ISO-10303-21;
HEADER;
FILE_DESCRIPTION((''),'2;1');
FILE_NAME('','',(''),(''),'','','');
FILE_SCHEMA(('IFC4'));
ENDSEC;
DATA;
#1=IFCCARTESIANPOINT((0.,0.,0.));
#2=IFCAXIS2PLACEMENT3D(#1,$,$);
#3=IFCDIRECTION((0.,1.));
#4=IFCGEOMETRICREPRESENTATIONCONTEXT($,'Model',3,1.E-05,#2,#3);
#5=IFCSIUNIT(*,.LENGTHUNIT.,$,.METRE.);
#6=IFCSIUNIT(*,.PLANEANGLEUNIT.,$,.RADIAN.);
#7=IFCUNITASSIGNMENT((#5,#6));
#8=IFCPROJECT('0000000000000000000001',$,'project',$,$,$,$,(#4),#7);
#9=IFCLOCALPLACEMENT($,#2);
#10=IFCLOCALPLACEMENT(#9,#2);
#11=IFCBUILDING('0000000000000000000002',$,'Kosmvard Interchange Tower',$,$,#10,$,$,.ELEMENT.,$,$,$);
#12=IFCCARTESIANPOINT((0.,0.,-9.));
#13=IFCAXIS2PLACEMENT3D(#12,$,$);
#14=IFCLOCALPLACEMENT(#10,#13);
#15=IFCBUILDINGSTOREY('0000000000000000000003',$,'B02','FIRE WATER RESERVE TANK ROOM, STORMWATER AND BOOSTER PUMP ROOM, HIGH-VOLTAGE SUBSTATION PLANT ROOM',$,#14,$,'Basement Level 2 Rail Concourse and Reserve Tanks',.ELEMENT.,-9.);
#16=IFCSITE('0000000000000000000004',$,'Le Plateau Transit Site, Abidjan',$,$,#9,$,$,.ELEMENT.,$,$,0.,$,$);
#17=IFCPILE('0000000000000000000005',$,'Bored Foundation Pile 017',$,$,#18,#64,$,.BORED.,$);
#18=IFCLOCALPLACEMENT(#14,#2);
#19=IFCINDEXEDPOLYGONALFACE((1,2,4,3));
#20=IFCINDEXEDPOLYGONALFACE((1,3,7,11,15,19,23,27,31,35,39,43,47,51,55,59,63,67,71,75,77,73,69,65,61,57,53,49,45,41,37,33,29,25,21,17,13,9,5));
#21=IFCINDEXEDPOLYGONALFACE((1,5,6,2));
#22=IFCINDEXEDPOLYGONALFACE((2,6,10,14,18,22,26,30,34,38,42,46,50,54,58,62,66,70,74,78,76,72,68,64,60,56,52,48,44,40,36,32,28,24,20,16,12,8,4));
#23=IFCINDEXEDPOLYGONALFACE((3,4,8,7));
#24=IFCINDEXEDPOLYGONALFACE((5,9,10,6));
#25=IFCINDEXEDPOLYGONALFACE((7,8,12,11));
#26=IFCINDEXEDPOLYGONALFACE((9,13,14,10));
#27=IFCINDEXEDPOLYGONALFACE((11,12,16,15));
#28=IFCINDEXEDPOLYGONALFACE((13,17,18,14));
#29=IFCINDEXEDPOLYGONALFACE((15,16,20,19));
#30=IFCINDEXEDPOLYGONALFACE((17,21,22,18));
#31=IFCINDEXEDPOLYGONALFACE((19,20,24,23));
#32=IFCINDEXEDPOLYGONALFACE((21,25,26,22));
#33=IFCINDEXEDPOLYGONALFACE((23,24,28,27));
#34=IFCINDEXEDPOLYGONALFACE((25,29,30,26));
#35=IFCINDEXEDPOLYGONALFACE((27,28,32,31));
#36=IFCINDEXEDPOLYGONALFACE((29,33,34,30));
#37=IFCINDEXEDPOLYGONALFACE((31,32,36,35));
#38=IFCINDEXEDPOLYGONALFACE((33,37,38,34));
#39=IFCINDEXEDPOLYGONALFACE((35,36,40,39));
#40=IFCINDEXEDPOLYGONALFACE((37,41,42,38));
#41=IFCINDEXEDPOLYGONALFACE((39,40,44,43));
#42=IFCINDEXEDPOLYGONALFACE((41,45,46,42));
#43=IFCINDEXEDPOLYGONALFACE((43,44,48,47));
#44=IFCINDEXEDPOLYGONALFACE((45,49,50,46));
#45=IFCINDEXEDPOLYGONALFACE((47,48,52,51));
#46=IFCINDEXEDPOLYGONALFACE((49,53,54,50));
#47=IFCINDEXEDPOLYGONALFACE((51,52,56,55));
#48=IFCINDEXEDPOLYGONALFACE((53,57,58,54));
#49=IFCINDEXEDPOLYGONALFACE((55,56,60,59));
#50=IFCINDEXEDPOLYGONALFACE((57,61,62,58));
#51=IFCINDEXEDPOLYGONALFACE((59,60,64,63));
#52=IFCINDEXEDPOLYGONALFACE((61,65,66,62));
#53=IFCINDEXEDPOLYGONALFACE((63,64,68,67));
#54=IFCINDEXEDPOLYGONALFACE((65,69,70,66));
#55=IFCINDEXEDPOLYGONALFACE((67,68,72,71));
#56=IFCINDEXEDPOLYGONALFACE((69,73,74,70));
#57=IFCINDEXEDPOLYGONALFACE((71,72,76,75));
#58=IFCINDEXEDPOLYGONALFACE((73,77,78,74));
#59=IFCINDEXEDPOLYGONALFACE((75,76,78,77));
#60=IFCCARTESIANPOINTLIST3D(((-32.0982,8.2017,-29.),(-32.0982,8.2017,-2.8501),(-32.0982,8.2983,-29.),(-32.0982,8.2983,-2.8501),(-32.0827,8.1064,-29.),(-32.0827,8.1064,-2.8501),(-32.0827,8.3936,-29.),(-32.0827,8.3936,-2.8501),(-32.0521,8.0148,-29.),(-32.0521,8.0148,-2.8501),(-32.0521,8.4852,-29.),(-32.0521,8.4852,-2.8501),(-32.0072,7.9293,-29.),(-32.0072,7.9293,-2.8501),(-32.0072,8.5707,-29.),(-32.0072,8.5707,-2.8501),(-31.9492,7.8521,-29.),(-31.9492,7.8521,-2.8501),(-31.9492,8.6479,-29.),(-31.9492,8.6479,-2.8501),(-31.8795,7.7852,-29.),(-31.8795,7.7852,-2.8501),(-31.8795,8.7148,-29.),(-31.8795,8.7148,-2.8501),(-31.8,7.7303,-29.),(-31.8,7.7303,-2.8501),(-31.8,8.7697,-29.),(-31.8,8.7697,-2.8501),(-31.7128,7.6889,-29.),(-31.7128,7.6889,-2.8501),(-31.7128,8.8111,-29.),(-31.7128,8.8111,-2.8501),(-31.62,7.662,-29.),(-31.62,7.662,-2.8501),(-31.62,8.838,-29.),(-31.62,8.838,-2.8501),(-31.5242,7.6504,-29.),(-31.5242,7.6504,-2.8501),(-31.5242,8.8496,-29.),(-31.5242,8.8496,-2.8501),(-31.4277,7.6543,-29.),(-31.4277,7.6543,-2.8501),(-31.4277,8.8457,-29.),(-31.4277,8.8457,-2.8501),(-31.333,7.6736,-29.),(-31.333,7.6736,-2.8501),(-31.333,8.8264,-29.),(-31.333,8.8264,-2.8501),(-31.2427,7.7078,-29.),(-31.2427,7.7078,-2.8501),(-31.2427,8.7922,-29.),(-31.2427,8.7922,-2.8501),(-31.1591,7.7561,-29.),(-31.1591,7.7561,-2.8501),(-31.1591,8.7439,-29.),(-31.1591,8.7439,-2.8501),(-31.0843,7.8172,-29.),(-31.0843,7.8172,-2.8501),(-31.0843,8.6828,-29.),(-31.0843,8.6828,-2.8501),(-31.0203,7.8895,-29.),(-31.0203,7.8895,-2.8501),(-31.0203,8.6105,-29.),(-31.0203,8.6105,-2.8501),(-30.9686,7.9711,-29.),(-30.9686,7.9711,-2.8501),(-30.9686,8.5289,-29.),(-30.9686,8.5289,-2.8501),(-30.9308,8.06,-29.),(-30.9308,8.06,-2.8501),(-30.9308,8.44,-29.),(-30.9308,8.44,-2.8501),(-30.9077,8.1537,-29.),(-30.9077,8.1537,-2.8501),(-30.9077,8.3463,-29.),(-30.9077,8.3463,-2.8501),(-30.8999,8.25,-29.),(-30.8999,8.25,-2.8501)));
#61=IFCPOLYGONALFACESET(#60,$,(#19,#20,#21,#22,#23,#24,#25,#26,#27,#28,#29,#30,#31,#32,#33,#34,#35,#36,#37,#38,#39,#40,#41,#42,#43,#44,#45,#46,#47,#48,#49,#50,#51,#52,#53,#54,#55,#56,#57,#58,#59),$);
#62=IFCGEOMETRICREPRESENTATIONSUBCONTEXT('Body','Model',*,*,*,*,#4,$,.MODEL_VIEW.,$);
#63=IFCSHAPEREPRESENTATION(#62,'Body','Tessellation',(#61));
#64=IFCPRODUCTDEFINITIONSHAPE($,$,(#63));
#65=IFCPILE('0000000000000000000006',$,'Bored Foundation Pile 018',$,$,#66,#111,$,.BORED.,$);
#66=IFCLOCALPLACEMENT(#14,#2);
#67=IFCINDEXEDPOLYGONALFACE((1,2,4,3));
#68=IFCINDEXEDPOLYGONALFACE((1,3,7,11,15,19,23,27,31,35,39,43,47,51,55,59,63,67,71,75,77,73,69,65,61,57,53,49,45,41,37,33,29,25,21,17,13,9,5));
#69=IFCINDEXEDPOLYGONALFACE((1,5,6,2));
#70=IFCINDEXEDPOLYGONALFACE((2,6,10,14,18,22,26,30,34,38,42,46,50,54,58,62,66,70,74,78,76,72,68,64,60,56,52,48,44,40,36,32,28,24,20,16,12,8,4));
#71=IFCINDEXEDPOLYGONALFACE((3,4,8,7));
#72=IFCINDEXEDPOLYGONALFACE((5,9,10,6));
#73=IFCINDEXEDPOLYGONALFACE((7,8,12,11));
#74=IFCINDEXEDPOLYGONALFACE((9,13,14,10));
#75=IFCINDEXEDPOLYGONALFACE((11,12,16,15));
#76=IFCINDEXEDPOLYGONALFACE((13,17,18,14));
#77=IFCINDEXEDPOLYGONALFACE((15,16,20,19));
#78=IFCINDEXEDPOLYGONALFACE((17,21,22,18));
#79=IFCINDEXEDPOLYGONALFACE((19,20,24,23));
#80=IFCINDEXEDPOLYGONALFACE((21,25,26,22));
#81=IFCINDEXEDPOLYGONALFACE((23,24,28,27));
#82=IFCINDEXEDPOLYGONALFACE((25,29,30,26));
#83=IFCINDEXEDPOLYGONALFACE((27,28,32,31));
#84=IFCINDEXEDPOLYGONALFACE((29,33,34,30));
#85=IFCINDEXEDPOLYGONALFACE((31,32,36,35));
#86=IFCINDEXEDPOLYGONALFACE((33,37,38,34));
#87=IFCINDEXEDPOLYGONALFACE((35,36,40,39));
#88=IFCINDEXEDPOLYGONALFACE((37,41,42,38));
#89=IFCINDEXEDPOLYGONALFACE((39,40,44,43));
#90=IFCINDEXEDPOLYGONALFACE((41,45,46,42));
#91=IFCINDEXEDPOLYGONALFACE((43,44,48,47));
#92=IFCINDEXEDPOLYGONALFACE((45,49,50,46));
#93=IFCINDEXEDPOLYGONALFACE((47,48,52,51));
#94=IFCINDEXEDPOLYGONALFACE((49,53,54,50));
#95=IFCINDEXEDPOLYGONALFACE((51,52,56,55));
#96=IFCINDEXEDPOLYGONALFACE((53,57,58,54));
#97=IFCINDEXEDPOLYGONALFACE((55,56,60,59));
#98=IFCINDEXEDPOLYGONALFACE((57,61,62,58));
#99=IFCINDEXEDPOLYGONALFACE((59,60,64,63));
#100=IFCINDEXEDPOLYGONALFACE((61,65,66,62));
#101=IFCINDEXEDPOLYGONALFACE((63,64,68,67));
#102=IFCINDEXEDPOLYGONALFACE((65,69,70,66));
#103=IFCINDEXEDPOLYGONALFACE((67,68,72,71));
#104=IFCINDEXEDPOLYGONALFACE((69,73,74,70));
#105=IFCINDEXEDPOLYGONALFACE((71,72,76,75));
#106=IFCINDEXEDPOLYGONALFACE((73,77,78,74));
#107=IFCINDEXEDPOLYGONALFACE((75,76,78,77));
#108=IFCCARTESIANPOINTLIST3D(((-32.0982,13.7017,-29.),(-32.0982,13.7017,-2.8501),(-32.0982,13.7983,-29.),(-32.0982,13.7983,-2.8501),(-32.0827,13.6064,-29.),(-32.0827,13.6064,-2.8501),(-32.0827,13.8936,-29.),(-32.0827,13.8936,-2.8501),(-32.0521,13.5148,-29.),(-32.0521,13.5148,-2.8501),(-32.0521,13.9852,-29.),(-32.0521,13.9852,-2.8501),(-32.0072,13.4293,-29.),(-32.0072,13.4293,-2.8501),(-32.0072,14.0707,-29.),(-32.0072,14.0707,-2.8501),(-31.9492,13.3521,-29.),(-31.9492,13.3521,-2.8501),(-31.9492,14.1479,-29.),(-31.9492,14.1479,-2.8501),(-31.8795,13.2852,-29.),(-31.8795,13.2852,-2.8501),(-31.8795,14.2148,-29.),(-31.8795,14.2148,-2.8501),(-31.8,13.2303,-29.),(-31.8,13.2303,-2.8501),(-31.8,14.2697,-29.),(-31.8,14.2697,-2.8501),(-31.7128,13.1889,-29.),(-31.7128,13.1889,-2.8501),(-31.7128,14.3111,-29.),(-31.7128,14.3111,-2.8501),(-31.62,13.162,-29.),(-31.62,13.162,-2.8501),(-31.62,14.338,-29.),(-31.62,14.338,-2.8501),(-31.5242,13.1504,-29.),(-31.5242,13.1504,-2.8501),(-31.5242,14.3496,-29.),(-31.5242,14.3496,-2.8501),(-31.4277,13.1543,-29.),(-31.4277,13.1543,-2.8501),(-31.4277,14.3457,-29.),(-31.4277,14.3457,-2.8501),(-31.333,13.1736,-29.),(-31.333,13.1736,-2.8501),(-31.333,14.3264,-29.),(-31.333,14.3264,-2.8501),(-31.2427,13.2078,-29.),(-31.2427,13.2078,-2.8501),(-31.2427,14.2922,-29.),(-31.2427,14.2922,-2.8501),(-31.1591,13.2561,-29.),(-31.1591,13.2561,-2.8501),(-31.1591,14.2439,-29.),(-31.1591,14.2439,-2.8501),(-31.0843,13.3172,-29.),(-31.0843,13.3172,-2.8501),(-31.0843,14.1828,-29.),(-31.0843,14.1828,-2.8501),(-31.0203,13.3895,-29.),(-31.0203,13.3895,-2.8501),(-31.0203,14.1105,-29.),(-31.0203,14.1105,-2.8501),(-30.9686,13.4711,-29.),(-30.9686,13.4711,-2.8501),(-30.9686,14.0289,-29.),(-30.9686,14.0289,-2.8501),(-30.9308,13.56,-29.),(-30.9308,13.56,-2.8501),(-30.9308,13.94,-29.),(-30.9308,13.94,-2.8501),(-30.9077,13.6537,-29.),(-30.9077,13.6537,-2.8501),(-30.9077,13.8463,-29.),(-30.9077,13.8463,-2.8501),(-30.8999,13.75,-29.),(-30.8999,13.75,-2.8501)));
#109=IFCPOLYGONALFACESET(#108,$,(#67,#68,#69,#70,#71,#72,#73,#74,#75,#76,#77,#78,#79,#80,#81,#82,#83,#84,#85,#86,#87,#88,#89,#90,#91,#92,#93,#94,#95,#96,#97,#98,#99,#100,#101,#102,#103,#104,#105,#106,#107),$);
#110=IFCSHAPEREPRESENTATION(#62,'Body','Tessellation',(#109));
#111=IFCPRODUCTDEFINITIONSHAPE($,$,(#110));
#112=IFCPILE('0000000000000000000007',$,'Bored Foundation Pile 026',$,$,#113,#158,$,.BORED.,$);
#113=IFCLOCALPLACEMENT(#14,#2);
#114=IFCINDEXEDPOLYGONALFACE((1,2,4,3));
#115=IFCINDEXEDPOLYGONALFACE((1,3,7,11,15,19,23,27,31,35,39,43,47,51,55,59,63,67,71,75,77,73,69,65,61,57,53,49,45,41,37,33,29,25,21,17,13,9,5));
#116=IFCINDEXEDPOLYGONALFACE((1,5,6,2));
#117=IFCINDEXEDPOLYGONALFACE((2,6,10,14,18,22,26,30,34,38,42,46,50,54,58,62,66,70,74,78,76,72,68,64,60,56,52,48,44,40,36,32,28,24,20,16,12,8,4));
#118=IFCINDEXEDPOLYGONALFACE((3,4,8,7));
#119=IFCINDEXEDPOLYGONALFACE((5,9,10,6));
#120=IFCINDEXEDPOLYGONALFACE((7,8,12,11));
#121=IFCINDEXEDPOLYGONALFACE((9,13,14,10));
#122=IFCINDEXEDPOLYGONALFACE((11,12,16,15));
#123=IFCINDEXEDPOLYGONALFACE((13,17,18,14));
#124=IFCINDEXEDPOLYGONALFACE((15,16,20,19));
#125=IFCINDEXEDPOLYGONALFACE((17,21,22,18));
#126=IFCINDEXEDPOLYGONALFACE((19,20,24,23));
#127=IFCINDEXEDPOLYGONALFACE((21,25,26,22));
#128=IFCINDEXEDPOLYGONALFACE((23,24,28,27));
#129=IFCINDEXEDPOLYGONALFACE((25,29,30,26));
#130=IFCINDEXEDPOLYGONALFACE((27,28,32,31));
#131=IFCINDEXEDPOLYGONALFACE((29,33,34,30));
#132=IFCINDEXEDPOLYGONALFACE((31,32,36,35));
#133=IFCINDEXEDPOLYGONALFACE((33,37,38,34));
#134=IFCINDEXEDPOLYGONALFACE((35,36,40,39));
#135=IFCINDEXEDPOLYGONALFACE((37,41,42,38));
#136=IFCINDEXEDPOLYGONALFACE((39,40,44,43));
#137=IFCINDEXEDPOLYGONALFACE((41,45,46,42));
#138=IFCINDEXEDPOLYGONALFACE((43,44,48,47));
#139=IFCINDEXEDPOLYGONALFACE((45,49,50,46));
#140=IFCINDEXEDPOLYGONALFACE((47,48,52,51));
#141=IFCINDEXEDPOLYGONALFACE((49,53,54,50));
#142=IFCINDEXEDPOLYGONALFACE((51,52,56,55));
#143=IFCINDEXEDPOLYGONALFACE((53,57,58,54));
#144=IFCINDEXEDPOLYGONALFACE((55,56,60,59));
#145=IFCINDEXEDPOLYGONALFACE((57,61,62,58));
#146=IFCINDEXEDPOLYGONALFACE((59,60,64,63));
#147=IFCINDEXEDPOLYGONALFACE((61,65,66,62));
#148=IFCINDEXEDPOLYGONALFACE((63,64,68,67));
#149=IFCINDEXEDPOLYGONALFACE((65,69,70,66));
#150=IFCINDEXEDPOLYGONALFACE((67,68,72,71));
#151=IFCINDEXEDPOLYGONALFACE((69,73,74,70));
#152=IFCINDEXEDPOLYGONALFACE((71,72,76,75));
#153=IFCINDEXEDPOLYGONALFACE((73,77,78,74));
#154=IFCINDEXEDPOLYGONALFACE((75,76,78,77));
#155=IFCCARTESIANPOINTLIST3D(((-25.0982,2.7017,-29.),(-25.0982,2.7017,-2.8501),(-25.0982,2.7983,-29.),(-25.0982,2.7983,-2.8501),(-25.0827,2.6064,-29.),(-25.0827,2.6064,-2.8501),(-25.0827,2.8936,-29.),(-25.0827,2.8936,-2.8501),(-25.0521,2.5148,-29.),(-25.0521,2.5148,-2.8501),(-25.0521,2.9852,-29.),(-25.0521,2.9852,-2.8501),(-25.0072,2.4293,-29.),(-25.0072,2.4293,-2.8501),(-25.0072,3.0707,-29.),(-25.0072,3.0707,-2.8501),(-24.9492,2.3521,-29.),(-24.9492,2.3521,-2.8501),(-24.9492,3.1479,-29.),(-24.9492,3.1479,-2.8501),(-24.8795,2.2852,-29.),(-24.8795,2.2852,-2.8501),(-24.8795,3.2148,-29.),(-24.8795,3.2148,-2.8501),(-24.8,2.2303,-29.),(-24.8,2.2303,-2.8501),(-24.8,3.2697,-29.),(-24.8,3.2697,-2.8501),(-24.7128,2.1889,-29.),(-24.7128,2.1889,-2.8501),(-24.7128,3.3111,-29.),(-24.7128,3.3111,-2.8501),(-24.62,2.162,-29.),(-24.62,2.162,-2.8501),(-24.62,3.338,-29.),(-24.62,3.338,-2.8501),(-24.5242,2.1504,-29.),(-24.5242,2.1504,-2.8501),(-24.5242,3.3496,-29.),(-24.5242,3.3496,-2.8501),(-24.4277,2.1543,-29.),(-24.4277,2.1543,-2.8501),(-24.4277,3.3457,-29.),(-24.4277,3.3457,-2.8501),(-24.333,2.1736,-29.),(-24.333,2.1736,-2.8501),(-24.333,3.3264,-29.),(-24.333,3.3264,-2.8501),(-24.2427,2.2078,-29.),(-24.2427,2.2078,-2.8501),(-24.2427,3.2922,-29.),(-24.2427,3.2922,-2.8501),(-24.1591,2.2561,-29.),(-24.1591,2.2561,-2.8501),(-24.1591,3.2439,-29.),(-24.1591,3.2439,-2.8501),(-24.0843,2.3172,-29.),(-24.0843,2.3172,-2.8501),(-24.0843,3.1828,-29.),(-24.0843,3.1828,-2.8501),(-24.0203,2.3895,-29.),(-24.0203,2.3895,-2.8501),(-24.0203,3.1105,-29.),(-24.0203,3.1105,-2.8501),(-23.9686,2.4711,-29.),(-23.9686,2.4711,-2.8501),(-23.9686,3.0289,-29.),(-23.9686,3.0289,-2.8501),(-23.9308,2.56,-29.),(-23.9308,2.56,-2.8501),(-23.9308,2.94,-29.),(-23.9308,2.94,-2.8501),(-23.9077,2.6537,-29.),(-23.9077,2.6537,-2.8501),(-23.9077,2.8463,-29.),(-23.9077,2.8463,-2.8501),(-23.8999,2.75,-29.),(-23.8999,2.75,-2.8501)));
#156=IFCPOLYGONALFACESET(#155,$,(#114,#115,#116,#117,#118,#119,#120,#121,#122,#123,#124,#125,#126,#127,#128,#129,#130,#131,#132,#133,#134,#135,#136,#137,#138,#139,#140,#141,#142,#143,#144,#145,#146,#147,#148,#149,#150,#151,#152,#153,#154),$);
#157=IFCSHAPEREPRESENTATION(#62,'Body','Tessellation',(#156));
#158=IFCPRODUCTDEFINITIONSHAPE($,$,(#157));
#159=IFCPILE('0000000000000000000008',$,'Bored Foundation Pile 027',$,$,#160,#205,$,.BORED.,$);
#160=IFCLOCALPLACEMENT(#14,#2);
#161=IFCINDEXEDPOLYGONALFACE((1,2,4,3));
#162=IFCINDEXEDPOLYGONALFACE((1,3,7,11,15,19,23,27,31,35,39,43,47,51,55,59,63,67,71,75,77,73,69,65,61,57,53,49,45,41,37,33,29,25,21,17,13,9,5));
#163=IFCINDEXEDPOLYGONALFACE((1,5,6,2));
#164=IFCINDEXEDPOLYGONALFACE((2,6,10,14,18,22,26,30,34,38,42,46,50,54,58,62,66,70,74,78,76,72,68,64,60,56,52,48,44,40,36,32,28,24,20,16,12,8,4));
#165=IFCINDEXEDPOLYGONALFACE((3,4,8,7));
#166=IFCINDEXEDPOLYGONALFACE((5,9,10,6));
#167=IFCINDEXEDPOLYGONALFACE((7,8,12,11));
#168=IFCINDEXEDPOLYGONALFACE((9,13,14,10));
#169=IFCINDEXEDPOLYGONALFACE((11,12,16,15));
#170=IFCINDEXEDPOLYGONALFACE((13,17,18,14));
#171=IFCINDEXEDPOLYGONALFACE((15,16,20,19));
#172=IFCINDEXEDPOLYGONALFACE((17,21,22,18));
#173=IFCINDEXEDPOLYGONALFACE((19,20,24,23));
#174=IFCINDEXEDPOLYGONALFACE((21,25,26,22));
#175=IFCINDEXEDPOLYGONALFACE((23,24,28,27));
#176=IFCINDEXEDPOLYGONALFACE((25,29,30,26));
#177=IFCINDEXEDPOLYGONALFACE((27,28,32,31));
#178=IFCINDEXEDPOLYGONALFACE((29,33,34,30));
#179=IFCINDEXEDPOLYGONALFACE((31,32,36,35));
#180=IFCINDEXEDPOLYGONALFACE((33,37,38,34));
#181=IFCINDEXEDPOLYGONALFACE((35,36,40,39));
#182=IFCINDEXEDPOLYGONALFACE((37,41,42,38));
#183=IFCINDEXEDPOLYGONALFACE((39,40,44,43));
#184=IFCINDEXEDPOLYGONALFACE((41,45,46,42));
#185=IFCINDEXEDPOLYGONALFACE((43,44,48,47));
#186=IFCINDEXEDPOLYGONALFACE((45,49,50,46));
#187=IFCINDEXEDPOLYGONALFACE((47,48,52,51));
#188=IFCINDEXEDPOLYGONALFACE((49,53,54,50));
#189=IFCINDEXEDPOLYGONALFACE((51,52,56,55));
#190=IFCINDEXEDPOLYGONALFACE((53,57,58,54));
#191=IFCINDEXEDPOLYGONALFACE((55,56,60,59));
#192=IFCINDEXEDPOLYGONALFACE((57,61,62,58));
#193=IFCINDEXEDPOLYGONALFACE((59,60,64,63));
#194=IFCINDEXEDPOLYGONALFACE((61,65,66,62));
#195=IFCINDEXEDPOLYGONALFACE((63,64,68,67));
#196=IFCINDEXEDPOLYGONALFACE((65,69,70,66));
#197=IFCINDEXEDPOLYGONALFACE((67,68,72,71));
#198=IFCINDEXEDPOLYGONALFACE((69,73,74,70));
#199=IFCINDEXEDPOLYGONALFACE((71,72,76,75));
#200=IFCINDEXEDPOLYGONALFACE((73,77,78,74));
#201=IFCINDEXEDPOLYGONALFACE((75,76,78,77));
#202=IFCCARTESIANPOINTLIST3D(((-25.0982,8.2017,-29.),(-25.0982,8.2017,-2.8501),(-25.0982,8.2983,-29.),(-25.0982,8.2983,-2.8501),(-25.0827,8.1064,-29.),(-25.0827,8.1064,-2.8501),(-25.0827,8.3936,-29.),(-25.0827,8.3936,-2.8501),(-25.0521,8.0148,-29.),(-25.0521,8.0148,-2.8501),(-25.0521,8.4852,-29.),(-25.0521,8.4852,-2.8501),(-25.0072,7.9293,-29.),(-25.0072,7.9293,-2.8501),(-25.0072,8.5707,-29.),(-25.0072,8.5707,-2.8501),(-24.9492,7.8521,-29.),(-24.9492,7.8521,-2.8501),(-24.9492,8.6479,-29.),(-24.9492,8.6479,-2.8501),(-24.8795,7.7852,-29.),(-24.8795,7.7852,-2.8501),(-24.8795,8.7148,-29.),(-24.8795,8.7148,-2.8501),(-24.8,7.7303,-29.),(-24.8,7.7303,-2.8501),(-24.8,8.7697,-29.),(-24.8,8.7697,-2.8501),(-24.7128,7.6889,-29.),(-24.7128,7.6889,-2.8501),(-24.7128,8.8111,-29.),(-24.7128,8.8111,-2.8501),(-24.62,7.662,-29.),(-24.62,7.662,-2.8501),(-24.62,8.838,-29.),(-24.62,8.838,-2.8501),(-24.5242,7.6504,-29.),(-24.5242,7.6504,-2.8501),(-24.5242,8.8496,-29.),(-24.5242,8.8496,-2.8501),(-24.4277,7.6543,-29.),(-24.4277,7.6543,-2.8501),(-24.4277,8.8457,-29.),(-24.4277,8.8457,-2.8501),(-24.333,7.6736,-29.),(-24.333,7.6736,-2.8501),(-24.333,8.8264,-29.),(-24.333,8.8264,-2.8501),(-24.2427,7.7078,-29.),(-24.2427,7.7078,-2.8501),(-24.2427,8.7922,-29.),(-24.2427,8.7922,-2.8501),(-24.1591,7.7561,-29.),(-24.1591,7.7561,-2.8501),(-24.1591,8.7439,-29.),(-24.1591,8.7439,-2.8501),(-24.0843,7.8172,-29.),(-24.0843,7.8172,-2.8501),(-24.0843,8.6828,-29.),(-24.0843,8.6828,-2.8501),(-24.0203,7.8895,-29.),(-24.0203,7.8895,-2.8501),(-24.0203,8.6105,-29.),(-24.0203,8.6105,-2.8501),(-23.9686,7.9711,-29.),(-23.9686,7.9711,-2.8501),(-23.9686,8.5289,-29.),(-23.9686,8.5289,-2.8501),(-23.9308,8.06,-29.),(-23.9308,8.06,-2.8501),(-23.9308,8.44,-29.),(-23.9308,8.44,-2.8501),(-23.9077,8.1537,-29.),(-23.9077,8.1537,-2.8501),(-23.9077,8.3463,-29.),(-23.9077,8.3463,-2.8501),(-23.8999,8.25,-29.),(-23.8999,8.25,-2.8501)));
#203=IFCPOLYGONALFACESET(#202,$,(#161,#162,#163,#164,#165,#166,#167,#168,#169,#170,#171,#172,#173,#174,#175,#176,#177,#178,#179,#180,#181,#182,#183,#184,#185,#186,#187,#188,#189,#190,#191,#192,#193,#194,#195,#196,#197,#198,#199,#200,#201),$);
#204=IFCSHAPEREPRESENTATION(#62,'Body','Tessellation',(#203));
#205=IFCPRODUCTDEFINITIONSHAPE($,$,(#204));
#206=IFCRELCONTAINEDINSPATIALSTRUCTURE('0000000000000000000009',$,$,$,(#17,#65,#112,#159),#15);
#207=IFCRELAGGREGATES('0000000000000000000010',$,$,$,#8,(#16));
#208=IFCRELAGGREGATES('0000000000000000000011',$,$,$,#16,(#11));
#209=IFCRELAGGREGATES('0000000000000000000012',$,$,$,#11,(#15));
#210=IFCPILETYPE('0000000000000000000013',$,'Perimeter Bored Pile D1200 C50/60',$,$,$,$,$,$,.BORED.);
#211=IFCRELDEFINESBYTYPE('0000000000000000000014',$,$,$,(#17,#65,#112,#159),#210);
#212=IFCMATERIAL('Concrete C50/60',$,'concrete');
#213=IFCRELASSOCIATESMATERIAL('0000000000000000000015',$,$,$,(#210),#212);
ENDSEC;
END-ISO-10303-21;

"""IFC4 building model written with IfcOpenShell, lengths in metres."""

from ifc_helpers import new_model, si_unit, direction, frame, origin, origin_2d, place, context, subcontext, project, spatial, circle, extrude, source, transform, mapped, material, material_profile, profile_set, type_object, element, save


model = new_model("IFC4")

# Units and contexts
model_context = context("Model", 3, precision=1e-05, world=origin(), true_north=direction((0.0, 1.0)))
body_context = subcontext(model_context, "Body", "Model", "MODEL_VIEW")
ifc_project = project(units=[si_unit("LENGTHUNIT", "METRE"), si_unit("PLANEANGLEUNIT", "RADIAN")], contexts=[model_context])

# Site, building, storey
site_placement = place(None, origin())
site = spatial("IfcSite", under=ifc_project, at=site_placement, Name="Le Plateau Transit Site, Abidjan", CompositionType="ELEMENT", RefElevation=0.0)
building_placement = place(site_placement, origin())
building = spatial("IfcBuilding", under=site, at=building_placement, Name="Kosmvard Interchange Tower", CompositionType="ELEMENT")
storey_placement = place(building_placement, frame((0.0, 0.0, -9.0)))
storey = spatial("IfcBuildingStorey", under=building, at=storey_placement, Name="B02", Description="FIRE WATER RESERVE TANK ROOM, STORMWATER AND BOOSTER PUMP ROOM, HIGH-VOLTAGE SUBSTATION PLANT ROOM", LongName="Basement Level 2 Rail Concourse and Reserve Tanks", CompositionType="ELEMENT", Elevation=-9.0)

# Piles
ifc_material_1 = material(Name="Concrete C50/60", Category="concrete")
ifc_material_profile_1 = material_profile(ifc_material_1, circle(Radius=0.6001, at=origin_2d()), Name="PILE D1200")
ifc_profile_set_1 = profile_set([ifc_material_profile_1], Name="Concrete C50/60")
pile_type = type_object("IfcPileType", Name="Perimeter Bored Pile D1200 C50/60", PredefinedType="BORED", material=ifc_profile_set_1)
shared_shape_1 = source(origin(), body_context, "Body", "SweptSolid", [
    extrude(circle(Radius=0.6001, at=origin_2d()), origin(), (0.0, 0.0, 1.0), 26.1499),
])
for number, where, z_axis, x_axis, name in (
    (1, (-31.5, 8.25, -2.8501), (0.0, 0.0, -1.0), (1.0, 0.0, 0.0), "Bored Foundation Pile 017"),
    (2, (-31.5, 13.75, -2.8501), (0.0, 0.0, -1.0), (1.0, 0.0, 0.0), "Bored Foundation Pile 018"),
    (3, (-24.5, 2.75, -2.8501), (0.0, 0.0, -1.0), (1.0, 0.0, 0.0), "Bored Foundation Pile 026"),
    (4, (-24.5, 8.25, -2.8501), (0.0, 0.0, -1.0), (1.0, 0.0, 0.0), "Bored Foundation Pile 027"),
):
    element("IfcPile", number, at=place(storey_placement, frame(where, z_axis=z_axis, x_axis=x_axis)), inside=storey, type_object=pile_type, Name=name, PredefinedType="BORED", context=body_context, shape_type="MappedRepresentation", body=[
        mapped(shared_shape_1, transform((0.0, 0.0, 0.0), scale=1.0)),
    ])

save(model, "model.ifc")
